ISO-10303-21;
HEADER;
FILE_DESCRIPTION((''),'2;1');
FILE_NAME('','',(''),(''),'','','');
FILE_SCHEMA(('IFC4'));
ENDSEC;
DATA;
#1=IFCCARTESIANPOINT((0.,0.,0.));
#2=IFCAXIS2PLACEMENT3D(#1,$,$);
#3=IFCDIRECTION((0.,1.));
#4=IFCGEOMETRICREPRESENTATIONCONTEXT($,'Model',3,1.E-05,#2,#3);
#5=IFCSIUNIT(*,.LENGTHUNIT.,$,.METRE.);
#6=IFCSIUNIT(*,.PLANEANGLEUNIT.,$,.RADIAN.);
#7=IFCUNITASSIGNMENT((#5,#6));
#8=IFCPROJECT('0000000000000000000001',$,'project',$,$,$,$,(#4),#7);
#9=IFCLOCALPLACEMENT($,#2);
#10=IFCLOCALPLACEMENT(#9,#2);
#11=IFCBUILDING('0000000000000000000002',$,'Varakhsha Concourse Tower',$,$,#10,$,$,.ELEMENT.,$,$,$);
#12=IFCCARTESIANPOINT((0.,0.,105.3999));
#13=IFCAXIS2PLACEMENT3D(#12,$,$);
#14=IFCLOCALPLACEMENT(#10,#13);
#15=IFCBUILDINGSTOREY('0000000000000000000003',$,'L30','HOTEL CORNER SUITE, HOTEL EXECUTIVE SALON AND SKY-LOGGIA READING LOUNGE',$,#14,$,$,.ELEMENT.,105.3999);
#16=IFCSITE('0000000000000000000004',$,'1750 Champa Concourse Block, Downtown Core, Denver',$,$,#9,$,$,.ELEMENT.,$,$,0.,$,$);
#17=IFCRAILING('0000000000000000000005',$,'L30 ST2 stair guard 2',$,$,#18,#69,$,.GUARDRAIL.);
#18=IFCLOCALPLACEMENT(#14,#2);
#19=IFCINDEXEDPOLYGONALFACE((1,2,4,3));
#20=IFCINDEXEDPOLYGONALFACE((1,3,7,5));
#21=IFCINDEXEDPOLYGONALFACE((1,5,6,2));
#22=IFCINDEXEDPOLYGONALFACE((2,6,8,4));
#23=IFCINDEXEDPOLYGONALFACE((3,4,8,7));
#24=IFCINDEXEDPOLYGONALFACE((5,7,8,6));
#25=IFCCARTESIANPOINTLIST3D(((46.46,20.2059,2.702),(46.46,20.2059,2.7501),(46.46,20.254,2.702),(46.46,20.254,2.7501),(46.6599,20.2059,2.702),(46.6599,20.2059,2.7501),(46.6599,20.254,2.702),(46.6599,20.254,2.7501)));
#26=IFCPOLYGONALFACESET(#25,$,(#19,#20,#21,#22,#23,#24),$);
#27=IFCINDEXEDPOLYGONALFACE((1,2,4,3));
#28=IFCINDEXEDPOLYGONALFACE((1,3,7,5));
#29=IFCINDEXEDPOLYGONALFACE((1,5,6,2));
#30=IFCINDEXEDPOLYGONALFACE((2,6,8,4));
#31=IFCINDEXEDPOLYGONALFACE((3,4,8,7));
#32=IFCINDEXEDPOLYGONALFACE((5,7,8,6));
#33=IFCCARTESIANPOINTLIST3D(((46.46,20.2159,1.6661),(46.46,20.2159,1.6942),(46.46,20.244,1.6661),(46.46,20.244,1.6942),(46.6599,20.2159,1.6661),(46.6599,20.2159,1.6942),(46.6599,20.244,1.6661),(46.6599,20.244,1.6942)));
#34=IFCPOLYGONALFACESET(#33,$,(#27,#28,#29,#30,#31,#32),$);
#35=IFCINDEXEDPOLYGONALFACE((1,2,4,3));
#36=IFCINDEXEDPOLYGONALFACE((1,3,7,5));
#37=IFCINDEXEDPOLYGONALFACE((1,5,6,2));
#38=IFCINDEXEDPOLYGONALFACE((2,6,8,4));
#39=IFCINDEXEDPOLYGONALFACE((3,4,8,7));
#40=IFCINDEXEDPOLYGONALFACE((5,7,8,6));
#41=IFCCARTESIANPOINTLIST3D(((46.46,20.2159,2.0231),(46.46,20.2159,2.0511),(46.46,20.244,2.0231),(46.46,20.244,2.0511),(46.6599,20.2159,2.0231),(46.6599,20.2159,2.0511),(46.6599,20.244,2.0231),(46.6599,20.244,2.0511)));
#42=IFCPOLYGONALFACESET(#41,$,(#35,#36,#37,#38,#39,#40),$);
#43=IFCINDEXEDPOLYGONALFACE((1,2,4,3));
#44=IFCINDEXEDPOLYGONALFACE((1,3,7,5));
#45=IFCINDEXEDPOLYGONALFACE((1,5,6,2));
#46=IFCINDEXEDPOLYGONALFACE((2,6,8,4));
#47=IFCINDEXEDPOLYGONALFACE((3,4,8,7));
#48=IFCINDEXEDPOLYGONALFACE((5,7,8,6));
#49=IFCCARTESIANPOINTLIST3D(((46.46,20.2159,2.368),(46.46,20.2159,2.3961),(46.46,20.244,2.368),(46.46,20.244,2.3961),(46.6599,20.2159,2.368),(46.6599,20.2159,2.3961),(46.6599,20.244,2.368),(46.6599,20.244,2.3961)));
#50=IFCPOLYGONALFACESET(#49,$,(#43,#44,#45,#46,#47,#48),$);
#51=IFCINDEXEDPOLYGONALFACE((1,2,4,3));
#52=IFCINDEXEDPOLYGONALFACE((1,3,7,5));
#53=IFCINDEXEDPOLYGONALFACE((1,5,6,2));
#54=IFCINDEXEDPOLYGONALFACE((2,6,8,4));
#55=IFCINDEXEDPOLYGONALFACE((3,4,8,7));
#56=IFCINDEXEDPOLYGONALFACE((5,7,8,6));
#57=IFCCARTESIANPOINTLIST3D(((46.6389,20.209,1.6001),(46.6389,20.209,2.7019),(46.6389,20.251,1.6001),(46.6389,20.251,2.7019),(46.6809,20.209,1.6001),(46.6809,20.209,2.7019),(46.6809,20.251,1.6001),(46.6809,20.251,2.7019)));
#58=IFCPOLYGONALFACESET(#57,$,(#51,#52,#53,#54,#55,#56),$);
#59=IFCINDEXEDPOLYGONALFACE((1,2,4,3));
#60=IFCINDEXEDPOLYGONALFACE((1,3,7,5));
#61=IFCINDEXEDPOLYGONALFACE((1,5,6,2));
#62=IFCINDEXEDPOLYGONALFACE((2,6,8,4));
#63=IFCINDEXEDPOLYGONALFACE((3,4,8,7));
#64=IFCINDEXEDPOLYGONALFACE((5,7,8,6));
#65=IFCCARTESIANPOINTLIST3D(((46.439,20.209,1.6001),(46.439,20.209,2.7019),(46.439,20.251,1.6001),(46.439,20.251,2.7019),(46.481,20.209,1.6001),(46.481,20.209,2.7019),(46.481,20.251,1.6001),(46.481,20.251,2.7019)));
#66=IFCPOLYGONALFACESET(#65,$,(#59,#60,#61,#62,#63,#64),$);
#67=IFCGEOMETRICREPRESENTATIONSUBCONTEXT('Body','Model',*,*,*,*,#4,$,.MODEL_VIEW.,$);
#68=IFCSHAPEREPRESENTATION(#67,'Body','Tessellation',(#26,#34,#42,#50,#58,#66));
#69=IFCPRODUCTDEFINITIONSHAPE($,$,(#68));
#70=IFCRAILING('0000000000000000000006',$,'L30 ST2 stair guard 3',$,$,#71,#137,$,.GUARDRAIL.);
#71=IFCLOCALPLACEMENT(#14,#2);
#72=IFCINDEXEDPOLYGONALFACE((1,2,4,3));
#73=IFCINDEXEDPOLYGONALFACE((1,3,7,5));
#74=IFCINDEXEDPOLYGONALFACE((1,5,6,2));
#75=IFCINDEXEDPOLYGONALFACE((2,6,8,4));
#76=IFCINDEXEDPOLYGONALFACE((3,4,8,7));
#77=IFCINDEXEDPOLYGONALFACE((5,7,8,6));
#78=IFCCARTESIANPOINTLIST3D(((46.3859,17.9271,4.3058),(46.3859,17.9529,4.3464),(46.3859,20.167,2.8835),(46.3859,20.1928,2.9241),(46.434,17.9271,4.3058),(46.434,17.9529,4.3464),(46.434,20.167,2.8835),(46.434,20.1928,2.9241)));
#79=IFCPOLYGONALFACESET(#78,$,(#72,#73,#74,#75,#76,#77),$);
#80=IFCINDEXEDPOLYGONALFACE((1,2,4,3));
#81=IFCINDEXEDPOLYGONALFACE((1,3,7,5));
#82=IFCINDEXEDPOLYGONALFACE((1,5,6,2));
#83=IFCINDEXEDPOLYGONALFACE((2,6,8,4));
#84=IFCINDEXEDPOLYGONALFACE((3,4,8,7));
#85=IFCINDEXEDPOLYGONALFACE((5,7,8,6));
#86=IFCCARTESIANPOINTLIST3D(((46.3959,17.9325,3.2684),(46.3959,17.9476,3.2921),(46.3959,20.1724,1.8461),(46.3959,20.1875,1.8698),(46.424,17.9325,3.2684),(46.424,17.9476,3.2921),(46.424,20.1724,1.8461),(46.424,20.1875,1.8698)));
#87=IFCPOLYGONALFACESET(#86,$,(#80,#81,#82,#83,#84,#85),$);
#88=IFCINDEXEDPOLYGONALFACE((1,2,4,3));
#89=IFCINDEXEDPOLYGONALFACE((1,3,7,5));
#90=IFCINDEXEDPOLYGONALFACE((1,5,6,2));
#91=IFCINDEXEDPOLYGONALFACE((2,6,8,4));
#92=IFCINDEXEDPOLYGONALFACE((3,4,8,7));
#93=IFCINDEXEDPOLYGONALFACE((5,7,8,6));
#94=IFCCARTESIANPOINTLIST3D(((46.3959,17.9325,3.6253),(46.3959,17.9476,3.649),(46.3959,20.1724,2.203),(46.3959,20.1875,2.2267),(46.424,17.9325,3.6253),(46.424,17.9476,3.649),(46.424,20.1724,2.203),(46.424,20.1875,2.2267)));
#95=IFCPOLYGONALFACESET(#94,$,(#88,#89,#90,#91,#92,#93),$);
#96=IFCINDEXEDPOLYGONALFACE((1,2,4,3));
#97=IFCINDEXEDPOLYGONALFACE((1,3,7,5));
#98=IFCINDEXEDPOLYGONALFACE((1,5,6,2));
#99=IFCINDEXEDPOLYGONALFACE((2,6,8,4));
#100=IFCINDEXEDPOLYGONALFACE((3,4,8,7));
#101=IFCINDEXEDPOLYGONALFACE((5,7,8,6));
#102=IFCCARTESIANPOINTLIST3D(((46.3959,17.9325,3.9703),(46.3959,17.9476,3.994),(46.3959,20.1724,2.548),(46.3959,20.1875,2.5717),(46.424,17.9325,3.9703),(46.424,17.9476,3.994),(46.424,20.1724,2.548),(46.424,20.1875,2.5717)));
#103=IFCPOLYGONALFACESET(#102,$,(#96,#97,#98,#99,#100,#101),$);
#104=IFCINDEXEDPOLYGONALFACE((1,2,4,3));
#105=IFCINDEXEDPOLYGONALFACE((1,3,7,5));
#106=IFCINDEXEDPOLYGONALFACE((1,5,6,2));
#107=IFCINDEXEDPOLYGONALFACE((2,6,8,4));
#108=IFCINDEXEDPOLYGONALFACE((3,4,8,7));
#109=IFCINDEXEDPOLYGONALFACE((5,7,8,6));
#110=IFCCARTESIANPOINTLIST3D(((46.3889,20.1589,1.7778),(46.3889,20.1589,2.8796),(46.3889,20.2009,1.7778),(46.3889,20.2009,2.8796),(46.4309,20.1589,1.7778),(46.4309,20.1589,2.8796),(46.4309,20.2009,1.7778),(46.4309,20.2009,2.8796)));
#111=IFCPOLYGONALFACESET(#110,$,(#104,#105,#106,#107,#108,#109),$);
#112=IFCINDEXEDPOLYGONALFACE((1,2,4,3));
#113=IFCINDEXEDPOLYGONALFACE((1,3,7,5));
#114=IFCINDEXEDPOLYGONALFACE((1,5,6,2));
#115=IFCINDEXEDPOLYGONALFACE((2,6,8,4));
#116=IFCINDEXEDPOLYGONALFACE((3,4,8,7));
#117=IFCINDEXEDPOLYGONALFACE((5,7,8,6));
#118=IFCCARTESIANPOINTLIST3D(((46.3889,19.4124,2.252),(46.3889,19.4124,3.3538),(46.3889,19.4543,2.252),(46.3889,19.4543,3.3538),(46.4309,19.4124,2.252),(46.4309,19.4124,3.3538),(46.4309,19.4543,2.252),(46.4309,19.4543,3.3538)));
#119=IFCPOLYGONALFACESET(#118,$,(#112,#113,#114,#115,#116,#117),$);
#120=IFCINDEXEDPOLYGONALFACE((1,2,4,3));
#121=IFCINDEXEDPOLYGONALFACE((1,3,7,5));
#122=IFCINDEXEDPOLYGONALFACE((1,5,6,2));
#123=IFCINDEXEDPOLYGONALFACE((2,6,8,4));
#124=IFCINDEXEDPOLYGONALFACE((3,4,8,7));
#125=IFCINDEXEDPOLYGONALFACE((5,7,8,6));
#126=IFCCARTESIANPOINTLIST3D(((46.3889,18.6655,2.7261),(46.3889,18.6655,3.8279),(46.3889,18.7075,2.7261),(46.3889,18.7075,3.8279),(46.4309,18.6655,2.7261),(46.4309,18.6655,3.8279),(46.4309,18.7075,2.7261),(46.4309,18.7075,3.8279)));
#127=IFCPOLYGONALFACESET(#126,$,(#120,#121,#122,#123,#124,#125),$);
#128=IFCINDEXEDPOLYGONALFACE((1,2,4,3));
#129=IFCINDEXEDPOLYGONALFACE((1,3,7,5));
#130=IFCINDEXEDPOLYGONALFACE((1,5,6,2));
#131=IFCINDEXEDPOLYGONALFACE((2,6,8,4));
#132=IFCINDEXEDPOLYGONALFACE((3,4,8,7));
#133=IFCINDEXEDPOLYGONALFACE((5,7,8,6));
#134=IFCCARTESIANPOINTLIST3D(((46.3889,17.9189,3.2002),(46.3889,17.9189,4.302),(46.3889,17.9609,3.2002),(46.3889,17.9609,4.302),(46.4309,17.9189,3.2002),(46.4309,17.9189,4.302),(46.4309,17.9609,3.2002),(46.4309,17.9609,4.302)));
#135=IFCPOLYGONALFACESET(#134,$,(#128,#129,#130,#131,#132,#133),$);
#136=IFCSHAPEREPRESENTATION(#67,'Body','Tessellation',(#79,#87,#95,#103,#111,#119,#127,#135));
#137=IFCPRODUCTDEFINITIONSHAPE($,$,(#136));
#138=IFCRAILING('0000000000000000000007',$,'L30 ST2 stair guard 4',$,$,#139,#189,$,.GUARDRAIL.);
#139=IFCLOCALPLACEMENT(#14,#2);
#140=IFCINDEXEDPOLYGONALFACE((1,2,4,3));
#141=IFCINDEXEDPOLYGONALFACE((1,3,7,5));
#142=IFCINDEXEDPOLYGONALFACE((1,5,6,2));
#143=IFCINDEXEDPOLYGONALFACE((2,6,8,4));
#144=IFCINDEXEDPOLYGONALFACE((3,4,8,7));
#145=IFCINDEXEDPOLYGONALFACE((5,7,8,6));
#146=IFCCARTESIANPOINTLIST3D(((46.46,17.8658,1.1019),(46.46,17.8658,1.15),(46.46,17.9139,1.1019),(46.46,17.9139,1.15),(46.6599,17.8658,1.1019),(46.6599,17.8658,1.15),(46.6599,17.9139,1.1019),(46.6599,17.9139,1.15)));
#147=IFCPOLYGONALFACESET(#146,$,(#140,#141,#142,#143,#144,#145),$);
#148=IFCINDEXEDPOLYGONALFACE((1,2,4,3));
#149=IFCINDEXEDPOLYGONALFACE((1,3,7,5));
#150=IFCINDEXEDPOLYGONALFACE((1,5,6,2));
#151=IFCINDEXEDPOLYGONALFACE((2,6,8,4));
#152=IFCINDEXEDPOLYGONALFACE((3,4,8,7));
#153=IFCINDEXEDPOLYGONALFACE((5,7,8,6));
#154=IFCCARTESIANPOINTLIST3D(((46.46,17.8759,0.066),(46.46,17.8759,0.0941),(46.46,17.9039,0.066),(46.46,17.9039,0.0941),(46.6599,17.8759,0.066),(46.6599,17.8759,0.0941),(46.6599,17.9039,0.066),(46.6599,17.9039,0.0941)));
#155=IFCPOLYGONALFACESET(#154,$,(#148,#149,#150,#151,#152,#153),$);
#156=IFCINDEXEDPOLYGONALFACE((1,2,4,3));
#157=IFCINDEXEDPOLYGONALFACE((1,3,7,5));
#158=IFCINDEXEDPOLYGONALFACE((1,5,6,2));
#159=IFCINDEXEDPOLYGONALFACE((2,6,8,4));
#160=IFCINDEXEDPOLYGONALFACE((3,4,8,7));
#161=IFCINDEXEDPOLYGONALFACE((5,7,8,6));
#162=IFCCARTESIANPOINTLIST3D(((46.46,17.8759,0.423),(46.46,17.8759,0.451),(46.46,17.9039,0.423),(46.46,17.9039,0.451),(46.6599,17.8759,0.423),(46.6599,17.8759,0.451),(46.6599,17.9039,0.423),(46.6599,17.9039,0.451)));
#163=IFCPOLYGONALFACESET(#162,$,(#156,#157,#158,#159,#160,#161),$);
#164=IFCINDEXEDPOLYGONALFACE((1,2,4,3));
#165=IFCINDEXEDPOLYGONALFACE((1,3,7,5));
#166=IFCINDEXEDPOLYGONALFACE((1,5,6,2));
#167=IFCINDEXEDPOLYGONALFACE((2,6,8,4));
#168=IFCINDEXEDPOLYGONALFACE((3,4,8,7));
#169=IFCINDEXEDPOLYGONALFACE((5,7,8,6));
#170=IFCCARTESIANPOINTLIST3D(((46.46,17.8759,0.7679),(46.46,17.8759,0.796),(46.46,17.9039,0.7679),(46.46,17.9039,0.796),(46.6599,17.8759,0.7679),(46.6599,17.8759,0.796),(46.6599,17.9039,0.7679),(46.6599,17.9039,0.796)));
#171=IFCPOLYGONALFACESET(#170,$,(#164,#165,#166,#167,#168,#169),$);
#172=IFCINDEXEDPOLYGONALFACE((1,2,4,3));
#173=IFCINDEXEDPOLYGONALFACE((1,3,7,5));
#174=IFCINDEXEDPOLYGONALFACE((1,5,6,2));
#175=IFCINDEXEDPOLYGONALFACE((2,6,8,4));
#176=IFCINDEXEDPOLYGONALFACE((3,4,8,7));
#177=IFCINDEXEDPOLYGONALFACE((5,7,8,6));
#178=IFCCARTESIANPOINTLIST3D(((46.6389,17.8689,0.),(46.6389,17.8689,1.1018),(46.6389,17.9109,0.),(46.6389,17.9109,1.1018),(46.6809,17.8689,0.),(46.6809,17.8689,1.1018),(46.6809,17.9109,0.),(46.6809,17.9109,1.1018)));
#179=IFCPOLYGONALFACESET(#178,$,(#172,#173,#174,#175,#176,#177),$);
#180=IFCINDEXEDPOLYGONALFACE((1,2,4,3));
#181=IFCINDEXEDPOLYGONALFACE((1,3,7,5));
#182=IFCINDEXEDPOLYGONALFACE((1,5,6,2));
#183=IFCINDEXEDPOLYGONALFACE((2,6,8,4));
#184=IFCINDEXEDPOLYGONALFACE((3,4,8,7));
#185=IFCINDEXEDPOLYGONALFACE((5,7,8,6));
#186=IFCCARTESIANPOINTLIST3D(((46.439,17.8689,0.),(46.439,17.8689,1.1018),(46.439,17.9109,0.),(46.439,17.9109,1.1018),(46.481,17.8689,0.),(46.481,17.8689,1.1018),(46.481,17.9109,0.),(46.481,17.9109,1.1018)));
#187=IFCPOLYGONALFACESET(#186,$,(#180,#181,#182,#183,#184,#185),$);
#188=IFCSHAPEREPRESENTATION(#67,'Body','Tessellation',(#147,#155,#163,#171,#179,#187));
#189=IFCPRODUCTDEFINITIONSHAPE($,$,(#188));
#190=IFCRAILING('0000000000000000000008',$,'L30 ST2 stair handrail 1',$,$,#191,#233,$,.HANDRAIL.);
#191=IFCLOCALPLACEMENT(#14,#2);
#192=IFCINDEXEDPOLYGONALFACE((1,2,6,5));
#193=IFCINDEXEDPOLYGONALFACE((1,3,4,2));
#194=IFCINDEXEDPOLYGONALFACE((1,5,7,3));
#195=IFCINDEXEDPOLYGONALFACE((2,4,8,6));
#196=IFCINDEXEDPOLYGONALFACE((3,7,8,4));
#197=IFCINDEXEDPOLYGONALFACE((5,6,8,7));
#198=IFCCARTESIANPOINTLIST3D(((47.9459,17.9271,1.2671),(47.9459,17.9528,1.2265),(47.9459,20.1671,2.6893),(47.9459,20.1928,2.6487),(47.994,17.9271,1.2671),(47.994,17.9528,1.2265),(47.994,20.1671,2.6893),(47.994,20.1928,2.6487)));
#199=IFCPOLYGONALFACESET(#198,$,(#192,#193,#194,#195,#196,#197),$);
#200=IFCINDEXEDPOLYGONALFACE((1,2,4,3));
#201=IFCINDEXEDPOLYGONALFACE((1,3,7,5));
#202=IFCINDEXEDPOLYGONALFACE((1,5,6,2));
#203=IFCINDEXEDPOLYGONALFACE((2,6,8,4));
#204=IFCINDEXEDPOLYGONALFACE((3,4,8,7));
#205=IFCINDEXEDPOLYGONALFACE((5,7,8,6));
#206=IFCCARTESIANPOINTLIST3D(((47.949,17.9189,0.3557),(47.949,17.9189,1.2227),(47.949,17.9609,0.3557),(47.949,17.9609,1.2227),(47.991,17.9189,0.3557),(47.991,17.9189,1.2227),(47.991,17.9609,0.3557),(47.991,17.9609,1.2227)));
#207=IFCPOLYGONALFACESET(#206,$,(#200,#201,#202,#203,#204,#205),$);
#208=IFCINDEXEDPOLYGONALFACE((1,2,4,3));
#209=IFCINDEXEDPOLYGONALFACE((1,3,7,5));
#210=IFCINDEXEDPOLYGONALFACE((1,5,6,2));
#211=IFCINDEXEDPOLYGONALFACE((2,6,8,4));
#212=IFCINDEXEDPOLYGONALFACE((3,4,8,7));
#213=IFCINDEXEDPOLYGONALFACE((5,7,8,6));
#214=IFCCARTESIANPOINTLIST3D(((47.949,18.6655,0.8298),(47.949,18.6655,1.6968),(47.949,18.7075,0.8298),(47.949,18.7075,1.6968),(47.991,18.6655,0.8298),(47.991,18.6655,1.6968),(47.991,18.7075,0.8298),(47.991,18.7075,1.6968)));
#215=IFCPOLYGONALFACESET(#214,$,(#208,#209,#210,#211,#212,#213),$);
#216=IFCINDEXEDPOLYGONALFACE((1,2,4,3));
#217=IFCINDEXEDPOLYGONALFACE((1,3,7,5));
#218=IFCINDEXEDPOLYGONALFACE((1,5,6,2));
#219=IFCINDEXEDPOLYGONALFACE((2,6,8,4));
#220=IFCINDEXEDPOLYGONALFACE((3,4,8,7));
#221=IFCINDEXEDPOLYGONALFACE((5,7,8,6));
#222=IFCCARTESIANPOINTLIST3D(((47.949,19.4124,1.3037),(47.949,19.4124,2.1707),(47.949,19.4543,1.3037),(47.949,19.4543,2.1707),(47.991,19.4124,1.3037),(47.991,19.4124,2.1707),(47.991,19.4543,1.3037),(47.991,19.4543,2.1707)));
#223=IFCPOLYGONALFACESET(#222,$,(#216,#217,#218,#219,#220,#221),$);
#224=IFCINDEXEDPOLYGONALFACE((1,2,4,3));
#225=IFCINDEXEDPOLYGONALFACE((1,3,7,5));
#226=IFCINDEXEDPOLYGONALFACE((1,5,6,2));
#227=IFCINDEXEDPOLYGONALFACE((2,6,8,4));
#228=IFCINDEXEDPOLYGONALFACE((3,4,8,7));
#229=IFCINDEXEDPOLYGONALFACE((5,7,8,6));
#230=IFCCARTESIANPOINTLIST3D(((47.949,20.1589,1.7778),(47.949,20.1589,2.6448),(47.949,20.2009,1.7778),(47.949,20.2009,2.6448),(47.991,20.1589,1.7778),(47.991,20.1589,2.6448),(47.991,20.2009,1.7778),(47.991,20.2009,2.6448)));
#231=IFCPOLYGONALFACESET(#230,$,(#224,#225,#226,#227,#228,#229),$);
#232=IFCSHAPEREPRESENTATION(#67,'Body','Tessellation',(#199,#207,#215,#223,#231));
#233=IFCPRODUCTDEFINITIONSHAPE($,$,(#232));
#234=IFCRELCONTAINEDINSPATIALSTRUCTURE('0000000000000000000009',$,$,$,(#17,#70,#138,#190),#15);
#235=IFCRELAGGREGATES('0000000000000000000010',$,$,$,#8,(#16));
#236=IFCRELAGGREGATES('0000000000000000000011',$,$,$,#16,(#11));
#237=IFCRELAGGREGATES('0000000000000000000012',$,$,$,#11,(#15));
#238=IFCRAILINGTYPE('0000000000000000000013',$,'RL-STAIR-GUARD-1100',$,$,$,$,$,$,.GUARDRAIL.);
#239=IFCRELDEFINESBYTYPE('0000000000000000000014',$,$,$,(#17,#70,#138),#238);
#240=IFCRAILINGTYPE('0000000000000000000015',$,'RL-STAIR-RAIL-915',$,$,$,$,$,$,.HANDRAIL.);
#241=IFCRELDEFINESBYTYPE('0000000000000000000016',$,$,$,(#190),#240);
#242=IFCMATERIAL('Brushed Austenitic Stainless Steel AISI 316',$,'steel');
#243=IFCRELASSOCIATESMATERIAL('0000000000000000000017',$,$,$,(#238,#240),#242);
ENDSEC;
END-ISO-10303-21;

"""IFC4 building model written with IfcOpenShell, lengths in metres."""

from ifc_helpers import new_model, si_unit, direction, frame, origin, origin_2d, place, context, subcontext, project, spatial, rectangle, extrude, material, type_object, element, save


model = new_model("IFC4")

# Units and contexts
model_context = context("Model", 3, precision=1e-05, world=origin(), true_north=direction((0.0, 1.0)))
body_context = subcontext(model_context, "Body", "Model", "MODEL_VIEW")
ifc_project = project(units=[si_unit("LENGTHUNIT", "METRE"), si_unit("PLANEANGLEUNIT", "RADIAN")], contexts=[model_context])

# Site, building, storey
site_placement = place(None, origin())
site = spatial("IfcSite", under=ifc_project, at=site_placement, Name="1750 Champa Concourse Block, Downtown Core, Denver", CompositionType="ELEMENT", RefElevation=0.0)
building_placement = place(site_placement, origin())
building = spatial("IfcBuilding", under=site, at=building_placement, Name="Varakhsha Concourse Tower", CompositionType="ELEMENT")
storey_placement = place(building_placement, frame((0.0, 0.0, 105.3999)))
storey = spatial("IfcBuildingStorey", under=building, at=storey_placement, Name="L30", Description="HOTEL CORNER SUITE, HOTEL EXECUTIVE SALON AND SKY-LOGGIA READING LOUNGE", CompositionType="ELEMENT", Elevation=105.3999)

# Railings
ifc_material_1 = material(Name="Brushed Austenitic Stainless Steel AISI 316", Category="steel")
railing_type_1 = type_object("IfcRailingType", Name="RL-STAIR-GUARD-1100", PredefinedType="GUARDRAIL", material=ifc_material_1)
railing_1_placement = place(storey_placement, frame((46.6599, 20.23, 1.6001)))
element("IfcRailing", 1, at=railing_1_placement, inside=storey, type_object=railing_type_1, Name="L30 ST2 stair guard 2", PredefinedType="GUARDRAIL", context=body_context, shape_type="SweptSolid", body=[
    extrude(rectangle(XDim=0.0481, YDim=0.0481, at=origin_2d()), frame((0.0, 0.0, 1.126), z_axis=(-1.0, 0.0, 0.0), x_axis=(0.0, -1.0, 0.0)), (0.0, 0.0, 1.0), 0.2),
    extrude(rectangle(XDim=0.0281, YDim=0.0281, at=origin_2d()), frame((0.0, 0.0, 0.0801), z_axis=(-1.0, 0.0, 0.0), x_axis=(0.0, -1.0, 0.0)), (0.0, 0.0, 1.0), 0.2),
    extrude(rectangle(XDim=0.0281, YDim=0.0281, at=origin_2d()), frame((0.0, 0.0, 0.437), z_axis=(-1.0, 0.0, 0.0), x_axis=(0.0, -1.0, 0.0)), (0.0, 0.0, 1.0), 0.2),
    extrude(rectangle(XDim=0.0281, YDim=0.0281, at=origin_2d()), frame((0.0, 0.0, 0.782), z_axis=(-1.0, 0.0, 0.0), x_axis=(0.0, -1.0, 0.0)), (0.0, 0.0, 1.0), 0.2),
    extrude(rectangle(XDim=0.042, YDim=0.042, at=origin_2d()), origin(), (0.0, 0.0, 1.0), 1.1018),
    extrude(rectangle(XDim=0.042, YDim=0.042, at=origin_2d()), frame((-0.2, 0.0, 0.0)), (0.0, 0.0, 1.0), 1.1018),
])
railing_2_placement = place(storey_placement, frame((46.4099, 20.1799, 1.7778)))
element("IfcRailing", 2, at=railing_2_placement, inside=storey, type_object=railing_type_1, Name="L30 ST2 stair guard 3", PredefinedType="GUARDRAIL", context=body_context, shape_type="SweptSolid", body=[
    extrude(rectangle(XDim=0.0481, YDim=0.0481, at=origin_2d()), frame((0.0, 0.0, 1.126), z_axis=(0.0, -0.844188, 0.536048), x_axis=(1.0, 0.0, 0.0)), (0.0, 0.0, 1.0), 2.6533),
    extrude(rectangle(XDim=0.0281, YDim=0.0281, at=origin_2d()), frame((0.0, 0.0, 0.0801), z_axis=(0.0, -0.844188, 0.536048), x_axis=(1.0, 0.0, 0.0)), (0.0, 0.0, 1.0), 2.6533),
    extrude(rectangle(XDim=0.0281, YDim=0.0281, at=origin_2d()), frame((0.0, 0.0, 0.437), z_axis=(0.0, -0.844188, 0.536048), x_axis=(1.0, 0.0, 0.0)), (0.0, 0.0, 1.0), 2.6533),
    extrude(rectangle(XDim=0.0281, YDim=0.0281, at=origin_2d()), frame((0.0, 0.0, 0.782), z_axis=(0.0, -0.844188, 0.536048), x_axis=(1.0, 0.0, 0.0)), (0.0, 0.0, 1.0), 2.6533),
    extrude(rectangle(XDim=0.042, YDim=0.042, at=origin_2d()), origin(), (0.0, 0.0, 1.0), 1.1018),
    extrude(rectangle(XDim=0.042, YDim=0.042, at=origin_2d()), frame((0.0, -0.7466, 0.4741)), (0.0, 0.0, 1.0), 1.1018),
    extrude(rectangle(XDim=0.042, YDim=0.042, at=origin_2d()), frame((0.0, -1.4934, 0.9482)), (0.0, 0.0, 1.0), 1.1018),
    extrude(rectangle(XDim=0.042, YDim=0.042, at=origin_2d()), frame((0.0, -2.24, 1.4224)), (0.0, 0.0, 1.0), 1.1018),
])
railing_3_placement = place(storey_placement, frame((46.6599, 17.8899, 0.0)))
element("IfcRailing", 3, at=railing_3_placement, inside=storey, type_object=railing_type_1, Name="L30 ST2 stair guard 4", PredefinedType="GUARDRAIL", context=body_context, shape_type="SweptSolid", body=[
    extrude(rectangle(XDim=0.0481, YDim=0.0481, at=origin_2d()), frame((0.0, 0.0, 1.126), z_axis=(-1.0, 0.0, 0.0), x_axis=(0.0, -1.0, 0.0)), (0.0, 0.0, 1.0), 0.2),
    extrude(rectangle(XDim=0.0281, YDim=0.0281, at=origin_2d()), frame((0.0, 0.0, 0.0801), z_axis=(-1.0, 0.0, 0.0), x_axis=(0.0, -1.0, 0.0)), (0.0, 0.0, 1.0), 0.2),
    extrude(rectangle(XDim=0.0281, YDim=0.0281, at=origin_2d()), frame((0.0, 0.0, 0.437), z_axis=(-1.0, 0.0, 0.0), x_axis=(0.0, -1.0, 0.0)), (0.0, 0.0, 1.0), 0.2),
    extrude(rectangle(XDim=0.0281, YDim=0.0281, at=origin_2d()), frame((0.0, 0.0, 0.782), z_axis=(-1.0, 0.0, 0.0), x_axis=(0.0, -1.0, 0.0)), (0.0, 0.0, 1.0), 0.2),
    extrude(rectangle(XDim=0.042, YDim=0.042, at=origin_2d()), origin(), (0.0, 0.0, 1.0), 1.1018),
    extrude(rectangle(XDim=0.042, YDim=0.042, at=origin_2d()), frame((-0.2, 0.0, 0.0)), (0.0, 0.0, 1.0), 1.1018),
])
railing_type_2 = type_object("IfcRailingType", Name="RL-STAIR-RAIL-915", PredefinedType="HANDRAIL", material=ifc_material_1)
railing_4_placement = place(storey_placement, frame((47.97, 17.9399, 0.3557)))
element("IfcRailing", 4, at=railing_4_placement, inside=storey, type_object=railing_type_2, Name="L30 ST2 stair handrail 1", PredefinedType="HANDRAIL", context=body_context, shape_type="SweptSolid", body=[
    extrude(rectangle(XDim=0.0481, YDim=0.0481, at=origin_2d()), frame((0.0, 0.0, 0.8911), z_axis=(0.0, 0.844229, 0.535982), x_axis=(-1.0, 0.0, 0.0)), (0.0, 0.0, 1.0), 2.6533),
    extrude(rectangle(XDim=0.042, YDim=0.042, at=origin_2d()), origin(), (0.0, 0.0, 1.0), 0.8669),
    extrude(rectangle(XDim=0.042, YDim=0.042, at=origin_2d()), frame((0.0, 0.7466, 0.4741)), (0.0, 0.0, 1.0), 0.8669),
    extrude(rectangle(XDim=0.042, YDim=0.042, at=origin_2d()), frame((0.0, 1.4934, 0.948)), (0.0, 0.0, 1.0), 0.8669),
    extrude(rectangle(XDim=0.042, YDim=0.042, at=origin_2d()), frame((0.0, 2.24, 1.4221)), (0.0, 0.0, 1.0), 0.8669),
])

save(model, "model.ifc")
